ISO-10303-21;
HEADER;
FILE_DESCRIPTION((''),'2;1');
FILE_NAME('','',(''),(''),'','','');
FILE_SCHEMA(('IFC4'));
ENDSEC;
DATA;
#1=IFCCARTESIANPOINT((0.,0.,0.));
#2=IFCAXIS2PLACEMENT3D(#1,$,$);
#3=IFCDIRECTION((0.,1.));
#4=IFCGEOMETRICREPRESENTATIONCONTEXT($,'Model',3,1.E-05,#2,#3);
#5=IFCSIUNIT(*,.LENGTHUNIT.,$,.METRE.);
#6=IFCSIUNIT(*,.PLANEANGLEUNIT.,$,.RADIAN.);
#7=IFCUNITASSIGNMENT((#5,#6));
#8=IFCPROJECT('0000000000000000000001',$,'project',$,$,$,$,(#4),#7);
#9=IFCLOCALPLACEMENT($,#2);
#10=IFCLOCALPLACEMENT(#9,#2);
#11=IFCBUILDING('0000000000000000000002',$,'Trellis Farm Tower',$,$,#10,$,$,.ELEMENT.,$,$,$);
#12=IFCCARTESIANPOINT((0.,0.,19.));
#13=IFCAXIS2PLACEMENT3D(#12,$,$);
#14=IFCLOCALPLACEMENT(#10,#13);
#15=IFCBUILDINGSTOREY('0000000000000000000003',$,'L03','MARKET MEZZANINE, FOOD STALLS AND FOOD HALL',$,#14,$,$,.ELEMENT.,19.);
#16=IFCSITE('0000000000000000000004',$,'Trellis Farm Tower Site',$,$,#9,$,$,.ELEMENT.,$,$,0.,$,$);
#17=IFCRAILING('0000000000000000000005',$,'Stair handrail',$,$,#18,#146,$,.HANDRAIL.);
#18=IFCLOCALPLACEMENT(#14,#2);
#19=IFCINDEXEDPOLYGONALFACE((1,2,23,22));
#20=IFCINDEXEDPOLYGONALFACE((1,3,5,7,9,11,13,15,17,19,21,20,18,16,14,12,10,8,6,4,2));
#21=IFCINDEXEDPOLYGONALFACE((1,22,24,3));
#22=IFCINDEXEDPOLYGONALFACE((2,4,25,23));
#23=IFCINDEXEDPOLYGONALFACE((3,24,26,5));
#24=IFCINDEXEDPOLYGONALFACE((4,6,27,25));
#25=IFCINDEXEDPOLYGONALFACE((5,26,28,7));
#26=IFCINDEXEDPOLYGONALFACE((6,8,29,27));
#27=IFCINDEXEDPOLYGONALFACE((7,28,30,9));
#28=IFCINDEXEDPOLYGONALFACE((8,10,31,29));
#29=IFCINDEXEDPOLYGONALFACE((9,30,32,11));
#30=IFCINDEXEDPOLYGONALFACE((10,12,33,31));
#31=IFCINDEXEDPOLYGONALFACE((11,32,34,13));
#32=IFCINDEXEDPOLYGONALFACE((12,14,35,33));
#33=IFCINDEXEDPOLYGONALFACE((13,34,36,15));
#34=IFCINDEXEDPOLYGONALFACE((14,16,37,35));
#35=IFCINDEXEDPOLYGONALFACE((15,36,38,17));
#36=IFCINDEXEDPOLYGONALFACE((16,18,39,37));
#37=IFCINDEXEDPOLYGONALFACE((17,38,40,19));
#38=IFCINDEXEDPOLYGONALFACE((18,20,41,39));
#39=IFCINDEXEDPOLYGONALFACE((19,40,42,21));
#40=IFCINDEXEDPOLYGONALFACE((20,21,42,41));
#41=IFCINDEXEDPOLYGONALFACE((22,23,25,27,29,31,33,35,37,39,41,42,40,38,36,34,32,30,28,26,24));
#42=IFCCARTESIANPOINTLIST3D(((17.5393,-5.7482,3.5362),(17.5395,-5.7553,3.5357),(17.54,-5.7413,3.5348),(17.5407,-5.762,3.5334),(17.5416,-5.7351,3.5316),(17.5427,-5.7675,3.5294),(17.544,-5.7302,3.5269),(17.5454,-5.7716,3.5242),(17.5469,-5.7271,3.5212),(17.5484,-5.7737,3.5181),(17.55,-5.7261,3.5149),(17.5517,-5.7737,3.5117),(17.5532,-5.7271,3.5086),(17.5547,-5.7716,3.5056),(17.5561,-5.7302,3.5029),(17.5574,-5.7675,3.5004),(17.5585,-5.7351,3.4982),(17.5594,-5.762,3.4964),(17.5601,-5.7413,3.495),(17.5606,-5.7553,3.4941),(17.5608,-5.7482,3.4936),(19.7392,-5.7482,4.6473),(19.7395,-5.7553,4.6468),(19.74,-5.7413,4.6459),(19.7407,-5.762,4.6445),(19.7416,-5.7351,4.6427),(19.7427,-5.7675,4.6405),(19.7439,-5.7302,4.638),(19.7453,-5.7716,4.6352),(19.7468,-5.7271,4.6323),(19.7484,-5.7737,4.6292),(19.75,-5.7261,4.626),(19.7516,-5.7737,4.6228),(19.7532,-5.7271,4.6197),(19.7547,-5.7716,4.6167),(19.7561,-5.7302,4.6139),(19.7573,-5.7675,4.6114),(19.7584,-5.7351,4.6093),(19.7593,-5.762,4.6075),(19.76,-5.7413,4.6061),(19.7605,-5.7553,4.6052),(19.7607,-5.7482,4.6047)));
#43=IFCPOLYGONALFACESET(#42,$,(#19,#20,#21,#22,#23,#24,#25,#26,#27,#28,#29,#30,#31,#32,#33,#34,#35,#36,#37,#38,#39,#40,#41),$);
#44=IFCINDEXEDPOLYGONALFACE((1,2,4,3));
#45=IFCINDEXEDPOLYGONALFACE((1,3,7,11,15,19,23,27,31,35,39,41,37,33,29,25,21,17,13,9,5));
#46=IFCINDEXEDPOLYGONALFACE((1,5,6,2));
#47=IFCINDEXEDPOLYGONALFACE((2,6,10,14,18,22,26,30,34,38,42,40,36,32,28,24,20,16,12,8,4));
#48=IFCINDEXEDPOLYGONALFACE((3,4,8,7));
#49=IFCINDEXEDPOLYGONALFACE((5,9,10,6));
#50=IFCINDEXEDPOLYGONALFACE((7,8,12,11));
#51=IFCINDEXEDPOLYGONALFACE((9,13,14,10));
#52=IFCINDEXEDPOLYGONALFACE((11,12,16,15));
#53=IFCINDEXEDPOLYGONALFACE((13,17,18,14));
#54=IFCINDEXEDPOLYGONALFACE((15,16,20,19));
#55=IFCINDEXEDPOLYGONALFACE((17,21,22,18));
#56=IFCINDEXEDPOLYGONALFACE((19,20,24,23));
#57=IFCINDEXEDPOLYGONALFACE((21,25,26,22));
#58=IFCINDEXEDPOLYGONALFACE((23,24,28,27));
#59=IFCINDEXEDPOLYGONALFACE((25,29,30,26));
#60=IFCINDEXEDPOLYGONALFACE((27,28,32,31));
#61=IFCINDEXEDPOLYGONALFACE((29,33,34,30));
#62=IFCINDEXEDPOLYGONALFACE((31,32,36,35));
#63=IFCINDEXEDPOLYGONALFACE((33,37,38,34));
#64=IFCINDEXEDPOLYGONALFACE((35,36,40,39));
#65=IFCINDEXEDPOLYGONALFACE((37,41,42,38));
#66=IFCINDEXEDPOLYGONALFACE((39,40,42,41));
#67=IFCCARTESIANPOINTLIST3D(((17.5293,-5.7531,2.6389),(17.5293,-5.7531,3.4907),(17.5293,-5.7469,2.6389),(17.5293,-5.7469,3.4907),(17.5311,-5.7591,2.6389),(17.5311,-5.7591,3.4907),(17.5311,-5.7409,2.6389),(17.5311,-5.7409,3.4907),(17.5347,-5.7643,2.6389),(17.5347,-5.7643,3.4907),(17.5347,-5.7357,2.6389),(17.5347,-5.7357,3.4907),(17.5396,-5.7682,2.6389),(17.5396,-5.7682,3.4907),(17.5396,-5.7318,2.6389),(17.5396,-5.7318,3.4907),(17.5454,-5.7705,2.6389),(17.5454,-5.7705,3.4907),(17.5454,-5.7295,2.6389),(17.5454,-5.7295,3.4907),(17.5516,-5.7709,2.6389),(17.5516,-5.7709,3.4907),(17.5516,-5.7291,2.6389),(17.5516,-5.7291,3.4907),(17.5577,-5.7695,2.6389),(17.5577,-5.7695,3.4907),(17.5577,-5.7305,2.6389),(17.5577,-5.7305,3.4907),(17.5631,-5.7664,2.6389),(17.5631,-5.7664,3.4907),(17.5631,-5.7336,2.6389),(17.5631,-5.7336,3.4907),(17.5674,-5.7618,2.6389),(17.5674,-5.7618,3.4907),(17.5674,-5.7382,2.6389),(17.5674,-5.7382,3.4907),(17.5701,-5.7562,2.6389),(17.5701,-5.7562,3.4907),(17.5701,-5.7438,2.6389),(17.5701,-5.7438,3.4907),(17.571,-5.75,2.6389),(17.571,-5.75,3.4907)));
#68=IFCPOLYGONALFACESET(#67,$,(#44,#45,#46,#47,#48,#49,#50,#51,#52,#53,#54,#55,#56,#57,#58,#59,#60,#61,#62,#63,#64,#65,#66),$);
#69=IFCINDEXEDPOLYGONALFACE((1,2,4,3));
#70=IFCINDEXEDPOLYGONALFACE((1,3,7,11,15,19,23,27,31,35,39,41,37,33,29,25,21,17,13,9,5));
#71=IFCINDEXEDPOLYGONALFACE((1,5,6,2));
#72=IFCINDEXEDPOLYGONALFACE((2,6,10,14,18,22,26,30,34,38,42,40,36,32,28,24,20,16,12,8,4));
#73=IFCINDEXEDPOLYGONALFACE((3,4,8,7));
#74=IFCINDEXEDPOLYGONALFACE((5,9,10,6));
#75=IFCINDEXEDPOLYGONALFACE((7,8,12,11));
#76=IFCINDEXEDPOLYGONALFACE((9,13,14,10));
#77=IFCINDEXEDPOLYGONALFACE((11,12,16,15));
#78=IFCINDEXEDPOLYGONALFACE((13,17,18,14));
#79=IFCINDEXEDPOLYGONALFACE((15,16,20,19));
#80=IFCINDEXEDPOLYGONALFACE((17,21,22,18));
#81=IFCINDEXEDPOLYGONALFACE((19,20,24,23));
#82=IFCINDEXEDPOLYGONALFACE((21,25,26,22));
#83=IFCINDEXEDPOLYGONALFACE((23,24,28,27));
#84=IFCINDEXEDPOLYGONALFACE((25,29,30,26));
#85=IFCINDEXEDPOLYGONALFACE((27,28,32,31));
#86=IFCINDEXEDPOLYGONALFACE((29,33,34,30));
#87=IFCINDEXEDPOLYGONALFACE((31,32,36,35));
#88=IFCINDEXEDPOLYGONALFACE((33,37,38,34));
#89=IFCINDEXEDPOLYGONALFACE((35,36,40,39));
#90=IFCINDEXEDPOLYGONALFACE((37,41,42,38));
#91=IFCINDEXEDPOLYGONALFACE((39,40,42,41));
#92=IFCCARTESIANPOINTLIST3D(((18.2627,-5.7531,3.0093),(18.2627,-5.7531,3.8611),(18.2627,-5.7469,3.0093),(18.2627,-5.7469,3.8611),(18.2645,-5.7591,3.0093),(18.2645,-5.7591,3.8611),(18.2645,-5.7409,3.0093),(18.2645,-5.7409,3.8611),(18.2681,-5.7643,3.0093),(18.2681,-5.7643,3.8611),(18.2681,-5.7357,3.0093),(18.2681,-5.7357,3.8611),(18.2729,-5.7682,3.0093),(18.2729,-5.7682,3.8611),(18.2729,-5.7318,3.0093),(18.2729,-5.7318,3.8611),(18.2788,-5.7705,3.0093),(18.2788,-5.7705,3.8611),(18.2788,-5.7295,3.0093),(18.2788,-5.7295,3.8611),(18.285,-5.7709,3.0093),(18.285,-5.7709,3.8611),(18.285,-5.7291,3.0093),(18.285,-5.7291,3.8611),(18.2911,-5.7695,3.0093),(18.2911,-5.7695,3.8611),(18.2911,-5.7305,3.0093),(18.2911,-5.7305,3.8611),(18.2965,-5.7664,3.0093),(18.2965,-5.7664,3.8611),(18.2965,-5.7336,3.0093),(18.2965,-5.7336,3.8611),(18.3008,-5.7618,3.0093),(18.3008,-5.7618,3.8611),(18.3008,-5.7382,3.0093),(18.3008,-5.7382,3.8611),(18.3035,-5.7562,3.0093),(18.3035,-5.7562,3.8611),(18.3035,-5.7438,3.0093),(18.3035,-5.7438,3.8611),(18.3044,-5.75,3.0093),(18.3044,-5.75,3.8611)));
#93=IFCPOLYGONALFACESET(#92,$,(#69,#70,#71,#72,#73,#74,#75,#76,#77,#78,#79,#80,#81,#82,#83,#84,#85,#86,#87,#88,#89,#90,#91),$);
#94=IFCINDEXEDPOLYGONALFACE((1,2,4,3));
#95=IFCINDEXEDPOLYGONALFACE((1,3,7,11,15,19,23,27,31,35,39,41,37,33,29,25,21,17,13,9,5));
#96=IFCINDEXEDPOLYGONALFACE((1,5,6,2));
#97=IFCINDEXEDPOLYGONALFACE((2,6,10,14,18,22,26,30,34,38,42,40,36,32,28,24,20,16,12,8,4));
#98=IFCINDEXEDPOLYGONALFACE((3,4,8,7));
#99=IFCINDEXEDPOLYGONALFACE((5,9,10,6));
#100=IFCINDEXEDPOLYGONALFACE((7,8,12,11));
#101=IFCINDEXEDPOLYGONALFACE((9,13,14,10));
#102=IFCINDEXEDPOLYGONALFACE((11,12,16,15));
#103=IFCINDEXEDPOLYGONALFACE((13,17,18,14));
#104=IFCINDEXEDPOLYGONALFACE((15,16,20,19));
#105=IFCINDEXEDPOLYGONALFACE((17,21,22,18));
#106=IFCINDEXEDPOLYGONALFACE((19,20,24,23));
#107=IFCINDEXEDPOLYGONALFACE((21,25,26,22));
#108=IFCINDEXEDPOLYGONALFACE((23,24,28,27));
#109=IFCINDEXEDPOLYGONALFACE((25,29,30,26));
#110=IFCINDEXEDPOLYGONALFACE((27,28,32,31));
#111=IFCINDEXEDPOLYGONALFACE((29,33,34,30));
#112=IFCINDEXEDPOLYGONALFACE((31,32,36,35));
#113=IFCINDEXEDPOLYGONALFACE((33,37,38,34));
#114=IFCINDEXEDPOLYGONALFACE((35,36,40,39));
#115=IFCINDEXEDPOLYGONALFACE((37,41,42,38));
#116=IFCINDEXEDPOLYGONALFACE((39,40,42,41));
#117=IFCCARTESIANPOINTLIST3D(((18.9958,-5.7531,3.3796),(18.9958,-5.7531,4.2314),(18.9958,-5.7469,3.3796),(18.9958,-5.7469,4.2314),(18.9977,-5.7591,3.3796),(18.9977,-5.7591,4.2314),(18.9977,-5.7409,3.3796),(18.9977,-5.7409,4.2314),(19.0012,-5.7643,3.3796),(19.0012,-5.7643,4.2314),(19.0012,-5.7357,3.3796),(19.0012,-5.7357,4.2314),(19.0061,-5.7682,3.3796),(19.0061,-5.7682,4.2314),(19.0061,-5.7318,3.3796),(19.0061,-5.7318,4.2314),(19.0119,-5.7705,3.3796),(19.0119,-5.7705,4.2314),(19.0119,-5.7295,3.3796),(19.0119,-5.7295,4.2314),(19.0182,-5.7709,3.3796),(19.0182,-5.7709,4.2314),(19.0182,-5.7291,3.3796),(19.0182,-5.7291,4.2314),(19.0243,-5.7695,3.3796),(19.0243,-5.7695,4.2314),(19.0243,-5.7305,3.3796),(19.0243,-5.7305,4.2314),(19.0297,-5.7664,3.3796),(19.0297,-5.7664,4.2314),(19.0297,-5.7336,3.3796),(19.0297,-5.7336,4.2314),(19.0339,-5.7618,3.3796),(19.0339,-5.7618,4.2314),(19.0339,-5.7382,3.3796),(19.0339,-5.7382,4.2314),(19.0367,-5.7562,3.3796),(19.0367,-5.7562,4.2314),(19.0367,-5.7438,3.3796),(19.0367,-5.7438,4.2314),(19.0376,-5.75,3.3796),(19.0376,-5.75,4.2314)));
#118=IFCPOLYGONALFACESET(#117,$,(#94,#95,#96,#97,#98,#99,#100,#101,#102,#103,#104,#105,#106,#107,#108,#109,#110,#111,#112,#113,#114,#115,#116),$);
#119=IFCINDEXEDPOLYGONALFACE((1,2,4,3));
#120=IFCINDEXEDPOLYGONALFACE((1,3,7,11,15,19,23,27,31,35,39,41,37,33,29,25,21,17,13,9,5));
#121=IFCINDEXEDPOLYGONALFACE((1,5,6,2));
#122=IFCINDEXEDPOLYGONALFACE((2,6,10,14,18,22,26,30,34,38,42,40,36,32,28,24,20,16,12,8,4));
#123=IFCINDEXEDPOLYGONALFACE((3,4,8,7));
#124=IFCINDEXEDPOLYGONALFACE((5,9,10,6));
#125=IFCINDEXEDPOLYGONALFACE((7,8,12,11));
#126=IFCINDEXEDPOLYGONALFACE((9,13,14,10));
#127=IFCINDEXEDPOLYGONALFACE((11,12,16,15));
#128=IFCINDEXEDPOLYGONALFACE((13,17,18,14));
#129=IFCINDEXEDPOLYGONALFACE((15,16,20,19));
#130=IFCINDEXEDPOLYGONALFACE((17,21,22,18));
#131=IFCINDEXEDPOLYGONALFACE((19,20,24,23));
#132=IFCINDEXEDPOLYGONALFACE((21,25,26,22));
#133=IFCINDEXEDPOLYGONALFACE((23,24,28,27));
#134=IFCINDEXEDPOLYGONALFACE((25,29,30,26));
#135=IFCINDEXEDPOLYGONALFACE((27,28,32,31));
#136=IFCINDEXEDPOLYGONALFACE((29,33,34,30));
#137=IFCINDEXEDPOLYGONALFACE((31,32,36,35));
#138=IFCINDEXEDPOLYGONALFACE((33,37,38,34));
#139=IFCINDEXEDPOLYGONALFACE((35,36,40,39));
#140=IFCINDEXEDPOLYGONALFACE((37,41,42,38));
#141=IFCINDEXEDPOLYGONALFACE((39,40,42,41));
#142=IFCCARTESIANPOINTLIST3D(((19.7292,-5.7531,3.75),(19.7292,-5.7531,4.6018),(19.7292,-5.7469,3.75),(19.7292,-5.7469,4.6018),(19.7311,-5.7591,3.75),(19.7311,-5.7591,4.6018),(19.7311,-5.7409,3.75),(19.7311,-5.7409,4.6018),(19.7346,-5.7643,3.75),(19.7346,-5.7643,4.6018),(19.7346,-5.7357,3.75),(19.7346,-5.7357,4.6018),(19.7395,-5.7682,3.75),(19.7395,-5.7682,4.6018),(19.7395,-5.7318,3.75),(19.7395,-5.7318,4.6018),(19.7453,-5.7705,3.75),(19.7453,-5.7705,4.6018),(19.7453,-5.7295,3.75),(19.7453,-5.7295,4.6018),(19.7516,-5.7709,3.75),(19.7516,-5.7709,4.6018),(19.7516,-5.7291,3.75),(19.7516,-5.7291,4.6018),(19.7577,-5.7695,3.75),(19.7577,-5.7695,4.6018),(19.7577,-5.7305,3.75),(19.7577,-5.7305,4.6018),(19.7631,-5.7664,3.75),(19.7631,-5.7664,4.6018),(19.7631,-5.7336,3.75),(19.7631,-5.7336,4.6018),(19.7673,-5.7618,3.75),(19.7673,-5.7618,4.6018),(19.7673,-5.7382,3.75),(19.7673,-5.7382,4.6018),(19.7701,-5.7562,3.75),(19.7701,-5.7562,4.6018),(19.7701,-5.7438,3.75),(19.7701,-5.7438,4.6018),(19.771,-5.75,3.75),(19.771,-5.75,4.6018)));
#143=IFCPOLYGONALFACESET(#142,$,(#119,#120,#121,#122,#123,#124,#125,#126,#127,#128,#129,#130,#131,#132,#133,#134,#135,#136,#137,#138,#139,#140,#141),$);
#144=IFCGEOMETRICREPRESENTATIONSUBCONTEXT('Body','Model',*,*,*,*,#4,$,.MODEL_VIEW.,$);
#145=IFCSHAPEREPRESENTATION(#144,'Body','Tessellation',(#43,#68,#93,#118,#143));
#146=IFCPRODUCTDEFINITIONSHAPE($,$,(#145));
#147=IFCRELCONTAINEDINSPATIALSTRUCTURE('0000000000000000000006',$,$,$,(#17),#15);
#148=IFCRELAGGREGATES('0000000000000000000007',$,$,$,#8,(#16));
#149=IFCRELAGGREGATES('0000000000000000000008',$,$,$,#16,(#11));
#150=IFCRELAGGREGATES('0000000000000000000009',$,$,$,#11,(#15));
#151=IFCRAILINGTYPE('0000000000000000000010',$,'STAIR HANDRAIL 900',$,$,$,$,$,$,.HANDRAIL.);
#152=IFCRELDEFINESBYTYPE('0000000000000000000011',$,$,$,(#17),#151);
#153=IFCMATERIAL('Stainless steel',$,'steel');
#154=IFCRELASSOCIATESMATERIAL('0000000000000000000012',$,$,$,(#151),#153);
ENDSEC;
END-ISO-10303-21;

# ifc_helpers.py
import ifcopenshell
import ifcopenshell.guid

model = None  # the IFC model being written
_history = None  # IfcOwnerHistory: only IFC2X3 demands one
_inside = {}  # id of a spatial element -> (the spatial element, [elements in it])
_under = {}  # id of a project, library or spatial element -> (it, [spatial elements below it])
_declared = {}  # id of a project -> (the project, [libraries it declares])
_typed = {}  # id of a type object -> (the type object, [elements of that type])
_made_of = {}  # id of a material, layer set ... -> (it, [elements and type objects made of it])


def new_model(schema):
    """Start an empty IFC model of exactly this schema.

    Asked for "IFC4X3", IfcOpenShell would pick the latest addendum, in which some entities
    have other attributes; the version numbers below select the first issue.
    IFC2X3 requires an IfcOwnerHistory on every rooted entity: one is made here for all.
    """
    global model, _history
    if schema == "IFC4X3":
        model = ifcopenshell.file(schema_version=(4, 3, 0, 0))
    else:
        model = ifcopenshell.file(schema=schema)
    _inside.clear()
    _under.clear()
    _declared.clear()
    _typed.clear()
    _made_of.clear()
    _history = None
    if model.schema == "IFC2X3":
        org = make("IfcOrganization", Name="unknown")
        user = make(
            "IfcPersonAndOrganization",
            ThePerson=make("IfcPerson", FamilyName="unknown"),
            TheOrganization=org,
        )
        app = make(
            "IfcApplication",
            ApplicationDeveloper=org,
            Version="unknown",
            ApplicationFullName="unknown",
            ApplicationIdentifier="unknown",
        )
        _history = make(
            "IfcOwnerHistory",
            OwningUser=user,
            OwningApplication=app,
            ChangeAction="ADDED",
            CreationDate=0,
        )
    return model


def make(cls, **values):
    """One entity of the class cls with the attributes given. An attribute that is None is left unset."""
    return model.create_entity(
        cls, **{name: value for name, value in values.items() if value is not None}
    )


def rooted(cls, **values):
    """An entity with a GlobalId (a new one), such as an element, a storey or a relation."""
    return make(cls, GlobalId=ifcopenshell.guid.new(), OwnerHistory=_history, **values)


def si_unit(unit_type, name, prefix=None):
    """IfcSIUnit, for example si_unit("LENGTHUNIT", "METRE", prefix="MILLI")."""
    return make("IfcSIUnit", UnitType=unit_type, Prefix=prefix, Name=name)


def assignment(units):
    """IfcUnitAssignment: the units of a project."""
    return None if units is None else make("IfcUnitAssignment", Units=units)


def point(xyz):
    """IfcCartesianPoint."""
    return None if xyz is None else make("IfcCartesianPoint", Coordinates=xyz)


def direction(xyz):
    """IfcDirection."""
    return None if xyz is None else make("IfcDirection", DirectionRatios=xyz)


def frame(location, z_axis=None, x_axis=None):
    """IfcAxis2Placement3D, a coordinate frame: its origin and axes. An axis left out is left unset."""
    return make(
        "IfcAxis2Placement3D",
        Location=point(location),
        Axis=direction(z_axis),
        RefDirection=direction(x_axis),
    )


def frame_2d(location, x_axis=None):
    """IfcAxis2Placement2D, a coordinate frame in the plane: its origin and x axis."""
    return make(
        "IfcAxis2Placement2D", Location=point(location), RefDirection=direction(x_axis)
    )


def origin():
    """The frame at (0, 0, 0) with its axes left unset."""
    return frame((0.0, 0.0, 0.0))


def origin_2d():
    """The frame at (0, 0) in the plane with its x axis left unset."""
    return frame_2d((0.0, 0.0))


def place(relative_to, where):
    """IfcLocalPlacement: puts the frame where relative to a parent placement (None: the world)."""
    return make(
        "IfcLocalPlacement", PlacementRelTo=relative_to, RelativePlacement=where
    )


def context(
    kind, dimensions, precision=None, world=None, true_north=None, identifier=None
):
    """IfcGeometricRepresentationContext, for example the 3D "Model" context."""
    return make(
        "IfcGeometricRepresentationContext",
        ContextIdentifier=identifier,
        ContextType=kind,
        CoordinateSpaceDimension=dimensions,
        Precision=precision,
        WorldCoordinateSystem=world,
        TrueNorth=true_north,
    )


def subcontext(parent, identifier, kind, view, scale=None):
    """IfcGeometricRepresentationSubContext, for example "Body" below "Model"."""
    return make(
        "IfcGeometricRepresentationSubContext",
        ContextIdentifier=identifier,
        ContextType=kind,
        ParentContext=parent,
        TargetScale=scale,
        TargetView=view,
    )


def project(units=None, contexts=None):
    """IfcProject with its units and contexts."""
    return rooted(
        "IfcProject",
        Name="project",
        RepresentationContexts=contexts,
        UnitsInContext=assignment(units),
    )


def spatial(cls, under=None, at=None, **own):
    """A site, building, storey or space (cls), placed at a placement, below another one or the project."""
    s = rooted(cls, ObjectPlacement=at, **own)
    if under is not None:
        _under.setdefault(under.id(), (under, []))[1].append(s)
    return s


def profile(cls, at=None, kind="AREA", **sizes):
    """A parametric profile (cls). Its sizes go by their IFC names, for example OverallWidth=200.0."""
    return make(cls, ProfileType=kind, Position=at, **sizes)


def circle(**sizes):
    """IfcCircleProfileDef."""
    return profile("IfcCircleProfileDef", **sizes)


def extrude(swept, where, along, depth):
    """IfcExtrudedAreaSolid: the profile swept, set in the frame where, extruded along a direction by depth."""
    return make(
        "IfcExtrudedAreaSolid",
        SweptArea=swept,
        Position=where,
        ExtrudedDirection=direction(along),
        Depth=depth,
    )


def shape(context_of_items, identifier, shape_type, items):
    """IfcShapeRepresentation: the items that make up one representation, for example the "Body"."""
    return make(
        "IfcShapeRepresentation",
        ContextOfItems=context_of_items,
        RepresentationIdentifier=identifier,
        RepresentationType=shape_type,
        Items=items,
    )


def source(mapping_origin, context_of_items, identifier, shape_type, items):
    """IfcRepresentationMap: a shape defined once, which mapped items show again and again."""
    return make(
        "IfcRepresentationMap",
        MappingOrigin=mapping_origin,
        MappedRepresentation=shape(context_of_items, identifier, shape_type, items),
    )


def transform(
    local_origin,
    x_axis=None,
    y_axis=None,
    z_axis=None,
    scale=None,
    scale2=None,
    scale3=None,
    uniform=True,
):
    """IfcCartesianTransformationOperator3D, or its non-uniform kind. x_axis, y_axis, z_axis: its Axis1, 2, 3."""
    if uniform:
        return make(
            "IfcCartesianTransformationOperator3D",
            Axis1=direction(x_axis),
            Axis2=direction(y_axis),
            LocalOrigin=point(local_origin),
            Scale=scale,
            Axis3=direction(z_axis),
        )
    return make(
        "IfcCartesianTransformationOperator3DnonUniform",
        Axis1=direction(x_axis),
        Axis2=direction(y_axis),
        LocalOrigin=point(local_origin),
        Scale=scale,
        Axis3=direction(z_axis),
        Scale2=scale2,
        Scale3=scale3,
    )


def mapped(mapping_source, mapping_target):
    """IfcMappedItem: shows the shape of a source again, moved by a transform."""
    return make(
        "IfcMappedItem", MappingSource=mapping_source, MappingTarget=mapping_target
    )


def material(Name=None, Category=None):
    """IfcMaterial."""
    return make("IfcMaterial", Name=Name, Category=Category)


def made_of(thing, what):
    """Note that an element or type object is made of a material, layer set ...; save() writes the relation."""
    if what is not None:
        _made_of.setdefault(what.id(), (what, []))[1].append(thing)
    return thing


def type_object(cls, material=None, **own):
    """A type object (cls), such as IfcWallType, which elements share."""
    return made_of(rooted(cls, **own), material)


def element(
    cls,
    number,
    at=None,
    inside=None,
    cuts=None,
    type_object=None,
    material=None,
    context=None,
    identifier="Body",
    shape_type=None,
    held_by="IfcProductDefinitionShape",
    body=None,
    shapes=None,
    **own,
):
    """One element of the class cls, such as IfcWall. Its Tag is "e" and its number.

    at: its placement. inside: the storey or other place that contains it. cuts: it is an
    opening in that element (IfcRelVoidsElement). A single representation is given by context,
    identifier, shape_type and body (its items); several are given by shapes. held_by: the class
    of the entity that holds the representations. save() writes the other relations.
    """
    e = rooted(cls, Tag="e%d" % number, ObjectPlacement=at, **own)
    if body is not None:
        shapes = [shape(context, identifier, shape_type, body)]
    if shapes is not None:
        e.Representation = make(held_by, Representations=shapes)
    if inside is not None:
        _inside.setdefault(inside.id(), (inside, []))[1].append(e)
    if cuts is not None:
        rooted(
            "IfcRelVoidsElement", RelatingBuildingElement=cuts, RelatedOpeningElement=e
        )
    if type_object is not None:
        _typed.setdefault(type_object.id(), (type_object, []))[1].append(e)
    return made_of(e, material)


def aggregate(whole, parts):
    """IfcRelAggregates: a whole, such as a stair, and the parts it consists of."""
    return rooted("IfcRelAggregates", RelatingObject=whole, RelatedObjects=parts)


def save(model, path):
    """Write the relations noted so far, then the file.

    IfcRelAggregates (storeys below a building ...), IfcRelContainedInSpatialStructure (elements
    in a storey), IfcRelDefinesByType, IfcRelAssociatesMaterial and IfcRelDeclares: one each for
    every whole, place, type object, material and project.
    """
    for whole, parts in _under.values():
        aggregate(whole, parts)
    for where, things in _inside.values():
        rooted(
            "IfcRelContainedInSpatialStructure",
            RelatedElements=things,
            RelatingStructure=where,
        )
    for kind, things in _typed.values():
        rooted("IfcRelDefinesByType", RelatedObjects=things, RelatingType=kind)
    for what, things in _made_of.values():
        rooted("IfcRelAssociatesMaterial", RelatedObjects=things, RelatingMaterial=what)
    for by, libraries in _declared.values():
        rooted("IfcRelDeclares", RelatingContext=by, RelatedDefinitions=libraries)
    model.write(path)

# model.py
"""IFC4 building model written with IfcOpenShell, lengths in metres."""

from ifc_helpers import new_model, si_unit, direction, frame, origin, origin_2d, place, context, subcontext, project, spatial, circle, extrude, source, transform, mapped, material, type_object, element, save


model = new_model("IFC4")

# Units and contexts
model_context = context("Model", 3, precision=1e-05, world=origin(), true_north=direction((0.0, 1.0)))
body_context = subcontext(model_context, "Body", "Model", "MODEL_VIEW")
ifc_project = project(units=[si_unit("LENGTHUNIT", "METRE"), si_unit("PLANEANGLEUNIT", "RADIAN")], contexts=[model_context])

# Site, building, storey
site_placement = place(None, origin())
site = spatial("IfcSite", under=ifc_project, at=site_placement, Name="Trellis Farm Tower Site", CompositionType="ELEMENT", RefElevation=0.0)
building_placement = place(site_placement, origin())
building = spatial("IfcBuilding", under=site, at=building_placement, Name="Trellis Farm Tower", CompositionType="ELEMENT")
storey_placement = place(building_placement, frame((0.0, 0.0, 19.0)))
storey = spatial("IfcBuildingStorey", under=building, at=storey_placement, Name="L03", Description="MARKET MEZZANINE, FOOD STALLS AND FOOD HALL", CompositionType="ELEMENT", Elevation=19.0)

# Railing
ifc_material_1 = material(Name="Stainless steel", Category="steel")
railing_type = type_object("IfcRailingType", Name="STAIR HANDRAIL 900", PredefinedType="HANDRAIL", material=ifc_material_1)
shared_shape_1 = source(origin(), body_context, "Body", "SweptSolid", [
    extrude(circle(Radius=0.0239, at=origin_2d()), frame((0.0, 0.0, 0.876), z_axis=(0.892617, 0.0, 0.450816), x_axis=(0.0, 1.0, 0.0)), (0.0, 0.0, 1.0), 2.4646),
    extrude(circle(Radius=0.021, at=origin_2d()), origin(), (0.0, 0.0, 1.0), 0.8518),
    extrude(circle(Radius=0.021, at=origin_2d()), frame((0.7334, 0.0, 0.3704)), (0.0, 0.0, 1.0), 0.8518),
    extrude(circle(Radius=0.021, at=origin_2d()), frame((1.4666, 0.0, 0.7407)), (0.0, 0.0, 1.0), 0.8518),
    extrude(circle(Radius=0.021, at=origin_2d()), frame((2.2, 0.0, 1.1111)), (0.0, 0.0, 1.0), 0.8518),
])
for number, where, name in (
    (1, (17.55, -5.75, 2.6389), "Stair handrail"),
):
    element("IfcRailing", number, at=place(storey_placement, frame(where)), inside=storey, type_object=railing_type, Name=name, PredefinedType="HANDRAIL", context=body_context, shape_type="MappedRepresentation", body=[
        mapped(shared_shape_1, transform((0.0, 0.0, 0.0))),
    ])

save(model, "model.ifc")
